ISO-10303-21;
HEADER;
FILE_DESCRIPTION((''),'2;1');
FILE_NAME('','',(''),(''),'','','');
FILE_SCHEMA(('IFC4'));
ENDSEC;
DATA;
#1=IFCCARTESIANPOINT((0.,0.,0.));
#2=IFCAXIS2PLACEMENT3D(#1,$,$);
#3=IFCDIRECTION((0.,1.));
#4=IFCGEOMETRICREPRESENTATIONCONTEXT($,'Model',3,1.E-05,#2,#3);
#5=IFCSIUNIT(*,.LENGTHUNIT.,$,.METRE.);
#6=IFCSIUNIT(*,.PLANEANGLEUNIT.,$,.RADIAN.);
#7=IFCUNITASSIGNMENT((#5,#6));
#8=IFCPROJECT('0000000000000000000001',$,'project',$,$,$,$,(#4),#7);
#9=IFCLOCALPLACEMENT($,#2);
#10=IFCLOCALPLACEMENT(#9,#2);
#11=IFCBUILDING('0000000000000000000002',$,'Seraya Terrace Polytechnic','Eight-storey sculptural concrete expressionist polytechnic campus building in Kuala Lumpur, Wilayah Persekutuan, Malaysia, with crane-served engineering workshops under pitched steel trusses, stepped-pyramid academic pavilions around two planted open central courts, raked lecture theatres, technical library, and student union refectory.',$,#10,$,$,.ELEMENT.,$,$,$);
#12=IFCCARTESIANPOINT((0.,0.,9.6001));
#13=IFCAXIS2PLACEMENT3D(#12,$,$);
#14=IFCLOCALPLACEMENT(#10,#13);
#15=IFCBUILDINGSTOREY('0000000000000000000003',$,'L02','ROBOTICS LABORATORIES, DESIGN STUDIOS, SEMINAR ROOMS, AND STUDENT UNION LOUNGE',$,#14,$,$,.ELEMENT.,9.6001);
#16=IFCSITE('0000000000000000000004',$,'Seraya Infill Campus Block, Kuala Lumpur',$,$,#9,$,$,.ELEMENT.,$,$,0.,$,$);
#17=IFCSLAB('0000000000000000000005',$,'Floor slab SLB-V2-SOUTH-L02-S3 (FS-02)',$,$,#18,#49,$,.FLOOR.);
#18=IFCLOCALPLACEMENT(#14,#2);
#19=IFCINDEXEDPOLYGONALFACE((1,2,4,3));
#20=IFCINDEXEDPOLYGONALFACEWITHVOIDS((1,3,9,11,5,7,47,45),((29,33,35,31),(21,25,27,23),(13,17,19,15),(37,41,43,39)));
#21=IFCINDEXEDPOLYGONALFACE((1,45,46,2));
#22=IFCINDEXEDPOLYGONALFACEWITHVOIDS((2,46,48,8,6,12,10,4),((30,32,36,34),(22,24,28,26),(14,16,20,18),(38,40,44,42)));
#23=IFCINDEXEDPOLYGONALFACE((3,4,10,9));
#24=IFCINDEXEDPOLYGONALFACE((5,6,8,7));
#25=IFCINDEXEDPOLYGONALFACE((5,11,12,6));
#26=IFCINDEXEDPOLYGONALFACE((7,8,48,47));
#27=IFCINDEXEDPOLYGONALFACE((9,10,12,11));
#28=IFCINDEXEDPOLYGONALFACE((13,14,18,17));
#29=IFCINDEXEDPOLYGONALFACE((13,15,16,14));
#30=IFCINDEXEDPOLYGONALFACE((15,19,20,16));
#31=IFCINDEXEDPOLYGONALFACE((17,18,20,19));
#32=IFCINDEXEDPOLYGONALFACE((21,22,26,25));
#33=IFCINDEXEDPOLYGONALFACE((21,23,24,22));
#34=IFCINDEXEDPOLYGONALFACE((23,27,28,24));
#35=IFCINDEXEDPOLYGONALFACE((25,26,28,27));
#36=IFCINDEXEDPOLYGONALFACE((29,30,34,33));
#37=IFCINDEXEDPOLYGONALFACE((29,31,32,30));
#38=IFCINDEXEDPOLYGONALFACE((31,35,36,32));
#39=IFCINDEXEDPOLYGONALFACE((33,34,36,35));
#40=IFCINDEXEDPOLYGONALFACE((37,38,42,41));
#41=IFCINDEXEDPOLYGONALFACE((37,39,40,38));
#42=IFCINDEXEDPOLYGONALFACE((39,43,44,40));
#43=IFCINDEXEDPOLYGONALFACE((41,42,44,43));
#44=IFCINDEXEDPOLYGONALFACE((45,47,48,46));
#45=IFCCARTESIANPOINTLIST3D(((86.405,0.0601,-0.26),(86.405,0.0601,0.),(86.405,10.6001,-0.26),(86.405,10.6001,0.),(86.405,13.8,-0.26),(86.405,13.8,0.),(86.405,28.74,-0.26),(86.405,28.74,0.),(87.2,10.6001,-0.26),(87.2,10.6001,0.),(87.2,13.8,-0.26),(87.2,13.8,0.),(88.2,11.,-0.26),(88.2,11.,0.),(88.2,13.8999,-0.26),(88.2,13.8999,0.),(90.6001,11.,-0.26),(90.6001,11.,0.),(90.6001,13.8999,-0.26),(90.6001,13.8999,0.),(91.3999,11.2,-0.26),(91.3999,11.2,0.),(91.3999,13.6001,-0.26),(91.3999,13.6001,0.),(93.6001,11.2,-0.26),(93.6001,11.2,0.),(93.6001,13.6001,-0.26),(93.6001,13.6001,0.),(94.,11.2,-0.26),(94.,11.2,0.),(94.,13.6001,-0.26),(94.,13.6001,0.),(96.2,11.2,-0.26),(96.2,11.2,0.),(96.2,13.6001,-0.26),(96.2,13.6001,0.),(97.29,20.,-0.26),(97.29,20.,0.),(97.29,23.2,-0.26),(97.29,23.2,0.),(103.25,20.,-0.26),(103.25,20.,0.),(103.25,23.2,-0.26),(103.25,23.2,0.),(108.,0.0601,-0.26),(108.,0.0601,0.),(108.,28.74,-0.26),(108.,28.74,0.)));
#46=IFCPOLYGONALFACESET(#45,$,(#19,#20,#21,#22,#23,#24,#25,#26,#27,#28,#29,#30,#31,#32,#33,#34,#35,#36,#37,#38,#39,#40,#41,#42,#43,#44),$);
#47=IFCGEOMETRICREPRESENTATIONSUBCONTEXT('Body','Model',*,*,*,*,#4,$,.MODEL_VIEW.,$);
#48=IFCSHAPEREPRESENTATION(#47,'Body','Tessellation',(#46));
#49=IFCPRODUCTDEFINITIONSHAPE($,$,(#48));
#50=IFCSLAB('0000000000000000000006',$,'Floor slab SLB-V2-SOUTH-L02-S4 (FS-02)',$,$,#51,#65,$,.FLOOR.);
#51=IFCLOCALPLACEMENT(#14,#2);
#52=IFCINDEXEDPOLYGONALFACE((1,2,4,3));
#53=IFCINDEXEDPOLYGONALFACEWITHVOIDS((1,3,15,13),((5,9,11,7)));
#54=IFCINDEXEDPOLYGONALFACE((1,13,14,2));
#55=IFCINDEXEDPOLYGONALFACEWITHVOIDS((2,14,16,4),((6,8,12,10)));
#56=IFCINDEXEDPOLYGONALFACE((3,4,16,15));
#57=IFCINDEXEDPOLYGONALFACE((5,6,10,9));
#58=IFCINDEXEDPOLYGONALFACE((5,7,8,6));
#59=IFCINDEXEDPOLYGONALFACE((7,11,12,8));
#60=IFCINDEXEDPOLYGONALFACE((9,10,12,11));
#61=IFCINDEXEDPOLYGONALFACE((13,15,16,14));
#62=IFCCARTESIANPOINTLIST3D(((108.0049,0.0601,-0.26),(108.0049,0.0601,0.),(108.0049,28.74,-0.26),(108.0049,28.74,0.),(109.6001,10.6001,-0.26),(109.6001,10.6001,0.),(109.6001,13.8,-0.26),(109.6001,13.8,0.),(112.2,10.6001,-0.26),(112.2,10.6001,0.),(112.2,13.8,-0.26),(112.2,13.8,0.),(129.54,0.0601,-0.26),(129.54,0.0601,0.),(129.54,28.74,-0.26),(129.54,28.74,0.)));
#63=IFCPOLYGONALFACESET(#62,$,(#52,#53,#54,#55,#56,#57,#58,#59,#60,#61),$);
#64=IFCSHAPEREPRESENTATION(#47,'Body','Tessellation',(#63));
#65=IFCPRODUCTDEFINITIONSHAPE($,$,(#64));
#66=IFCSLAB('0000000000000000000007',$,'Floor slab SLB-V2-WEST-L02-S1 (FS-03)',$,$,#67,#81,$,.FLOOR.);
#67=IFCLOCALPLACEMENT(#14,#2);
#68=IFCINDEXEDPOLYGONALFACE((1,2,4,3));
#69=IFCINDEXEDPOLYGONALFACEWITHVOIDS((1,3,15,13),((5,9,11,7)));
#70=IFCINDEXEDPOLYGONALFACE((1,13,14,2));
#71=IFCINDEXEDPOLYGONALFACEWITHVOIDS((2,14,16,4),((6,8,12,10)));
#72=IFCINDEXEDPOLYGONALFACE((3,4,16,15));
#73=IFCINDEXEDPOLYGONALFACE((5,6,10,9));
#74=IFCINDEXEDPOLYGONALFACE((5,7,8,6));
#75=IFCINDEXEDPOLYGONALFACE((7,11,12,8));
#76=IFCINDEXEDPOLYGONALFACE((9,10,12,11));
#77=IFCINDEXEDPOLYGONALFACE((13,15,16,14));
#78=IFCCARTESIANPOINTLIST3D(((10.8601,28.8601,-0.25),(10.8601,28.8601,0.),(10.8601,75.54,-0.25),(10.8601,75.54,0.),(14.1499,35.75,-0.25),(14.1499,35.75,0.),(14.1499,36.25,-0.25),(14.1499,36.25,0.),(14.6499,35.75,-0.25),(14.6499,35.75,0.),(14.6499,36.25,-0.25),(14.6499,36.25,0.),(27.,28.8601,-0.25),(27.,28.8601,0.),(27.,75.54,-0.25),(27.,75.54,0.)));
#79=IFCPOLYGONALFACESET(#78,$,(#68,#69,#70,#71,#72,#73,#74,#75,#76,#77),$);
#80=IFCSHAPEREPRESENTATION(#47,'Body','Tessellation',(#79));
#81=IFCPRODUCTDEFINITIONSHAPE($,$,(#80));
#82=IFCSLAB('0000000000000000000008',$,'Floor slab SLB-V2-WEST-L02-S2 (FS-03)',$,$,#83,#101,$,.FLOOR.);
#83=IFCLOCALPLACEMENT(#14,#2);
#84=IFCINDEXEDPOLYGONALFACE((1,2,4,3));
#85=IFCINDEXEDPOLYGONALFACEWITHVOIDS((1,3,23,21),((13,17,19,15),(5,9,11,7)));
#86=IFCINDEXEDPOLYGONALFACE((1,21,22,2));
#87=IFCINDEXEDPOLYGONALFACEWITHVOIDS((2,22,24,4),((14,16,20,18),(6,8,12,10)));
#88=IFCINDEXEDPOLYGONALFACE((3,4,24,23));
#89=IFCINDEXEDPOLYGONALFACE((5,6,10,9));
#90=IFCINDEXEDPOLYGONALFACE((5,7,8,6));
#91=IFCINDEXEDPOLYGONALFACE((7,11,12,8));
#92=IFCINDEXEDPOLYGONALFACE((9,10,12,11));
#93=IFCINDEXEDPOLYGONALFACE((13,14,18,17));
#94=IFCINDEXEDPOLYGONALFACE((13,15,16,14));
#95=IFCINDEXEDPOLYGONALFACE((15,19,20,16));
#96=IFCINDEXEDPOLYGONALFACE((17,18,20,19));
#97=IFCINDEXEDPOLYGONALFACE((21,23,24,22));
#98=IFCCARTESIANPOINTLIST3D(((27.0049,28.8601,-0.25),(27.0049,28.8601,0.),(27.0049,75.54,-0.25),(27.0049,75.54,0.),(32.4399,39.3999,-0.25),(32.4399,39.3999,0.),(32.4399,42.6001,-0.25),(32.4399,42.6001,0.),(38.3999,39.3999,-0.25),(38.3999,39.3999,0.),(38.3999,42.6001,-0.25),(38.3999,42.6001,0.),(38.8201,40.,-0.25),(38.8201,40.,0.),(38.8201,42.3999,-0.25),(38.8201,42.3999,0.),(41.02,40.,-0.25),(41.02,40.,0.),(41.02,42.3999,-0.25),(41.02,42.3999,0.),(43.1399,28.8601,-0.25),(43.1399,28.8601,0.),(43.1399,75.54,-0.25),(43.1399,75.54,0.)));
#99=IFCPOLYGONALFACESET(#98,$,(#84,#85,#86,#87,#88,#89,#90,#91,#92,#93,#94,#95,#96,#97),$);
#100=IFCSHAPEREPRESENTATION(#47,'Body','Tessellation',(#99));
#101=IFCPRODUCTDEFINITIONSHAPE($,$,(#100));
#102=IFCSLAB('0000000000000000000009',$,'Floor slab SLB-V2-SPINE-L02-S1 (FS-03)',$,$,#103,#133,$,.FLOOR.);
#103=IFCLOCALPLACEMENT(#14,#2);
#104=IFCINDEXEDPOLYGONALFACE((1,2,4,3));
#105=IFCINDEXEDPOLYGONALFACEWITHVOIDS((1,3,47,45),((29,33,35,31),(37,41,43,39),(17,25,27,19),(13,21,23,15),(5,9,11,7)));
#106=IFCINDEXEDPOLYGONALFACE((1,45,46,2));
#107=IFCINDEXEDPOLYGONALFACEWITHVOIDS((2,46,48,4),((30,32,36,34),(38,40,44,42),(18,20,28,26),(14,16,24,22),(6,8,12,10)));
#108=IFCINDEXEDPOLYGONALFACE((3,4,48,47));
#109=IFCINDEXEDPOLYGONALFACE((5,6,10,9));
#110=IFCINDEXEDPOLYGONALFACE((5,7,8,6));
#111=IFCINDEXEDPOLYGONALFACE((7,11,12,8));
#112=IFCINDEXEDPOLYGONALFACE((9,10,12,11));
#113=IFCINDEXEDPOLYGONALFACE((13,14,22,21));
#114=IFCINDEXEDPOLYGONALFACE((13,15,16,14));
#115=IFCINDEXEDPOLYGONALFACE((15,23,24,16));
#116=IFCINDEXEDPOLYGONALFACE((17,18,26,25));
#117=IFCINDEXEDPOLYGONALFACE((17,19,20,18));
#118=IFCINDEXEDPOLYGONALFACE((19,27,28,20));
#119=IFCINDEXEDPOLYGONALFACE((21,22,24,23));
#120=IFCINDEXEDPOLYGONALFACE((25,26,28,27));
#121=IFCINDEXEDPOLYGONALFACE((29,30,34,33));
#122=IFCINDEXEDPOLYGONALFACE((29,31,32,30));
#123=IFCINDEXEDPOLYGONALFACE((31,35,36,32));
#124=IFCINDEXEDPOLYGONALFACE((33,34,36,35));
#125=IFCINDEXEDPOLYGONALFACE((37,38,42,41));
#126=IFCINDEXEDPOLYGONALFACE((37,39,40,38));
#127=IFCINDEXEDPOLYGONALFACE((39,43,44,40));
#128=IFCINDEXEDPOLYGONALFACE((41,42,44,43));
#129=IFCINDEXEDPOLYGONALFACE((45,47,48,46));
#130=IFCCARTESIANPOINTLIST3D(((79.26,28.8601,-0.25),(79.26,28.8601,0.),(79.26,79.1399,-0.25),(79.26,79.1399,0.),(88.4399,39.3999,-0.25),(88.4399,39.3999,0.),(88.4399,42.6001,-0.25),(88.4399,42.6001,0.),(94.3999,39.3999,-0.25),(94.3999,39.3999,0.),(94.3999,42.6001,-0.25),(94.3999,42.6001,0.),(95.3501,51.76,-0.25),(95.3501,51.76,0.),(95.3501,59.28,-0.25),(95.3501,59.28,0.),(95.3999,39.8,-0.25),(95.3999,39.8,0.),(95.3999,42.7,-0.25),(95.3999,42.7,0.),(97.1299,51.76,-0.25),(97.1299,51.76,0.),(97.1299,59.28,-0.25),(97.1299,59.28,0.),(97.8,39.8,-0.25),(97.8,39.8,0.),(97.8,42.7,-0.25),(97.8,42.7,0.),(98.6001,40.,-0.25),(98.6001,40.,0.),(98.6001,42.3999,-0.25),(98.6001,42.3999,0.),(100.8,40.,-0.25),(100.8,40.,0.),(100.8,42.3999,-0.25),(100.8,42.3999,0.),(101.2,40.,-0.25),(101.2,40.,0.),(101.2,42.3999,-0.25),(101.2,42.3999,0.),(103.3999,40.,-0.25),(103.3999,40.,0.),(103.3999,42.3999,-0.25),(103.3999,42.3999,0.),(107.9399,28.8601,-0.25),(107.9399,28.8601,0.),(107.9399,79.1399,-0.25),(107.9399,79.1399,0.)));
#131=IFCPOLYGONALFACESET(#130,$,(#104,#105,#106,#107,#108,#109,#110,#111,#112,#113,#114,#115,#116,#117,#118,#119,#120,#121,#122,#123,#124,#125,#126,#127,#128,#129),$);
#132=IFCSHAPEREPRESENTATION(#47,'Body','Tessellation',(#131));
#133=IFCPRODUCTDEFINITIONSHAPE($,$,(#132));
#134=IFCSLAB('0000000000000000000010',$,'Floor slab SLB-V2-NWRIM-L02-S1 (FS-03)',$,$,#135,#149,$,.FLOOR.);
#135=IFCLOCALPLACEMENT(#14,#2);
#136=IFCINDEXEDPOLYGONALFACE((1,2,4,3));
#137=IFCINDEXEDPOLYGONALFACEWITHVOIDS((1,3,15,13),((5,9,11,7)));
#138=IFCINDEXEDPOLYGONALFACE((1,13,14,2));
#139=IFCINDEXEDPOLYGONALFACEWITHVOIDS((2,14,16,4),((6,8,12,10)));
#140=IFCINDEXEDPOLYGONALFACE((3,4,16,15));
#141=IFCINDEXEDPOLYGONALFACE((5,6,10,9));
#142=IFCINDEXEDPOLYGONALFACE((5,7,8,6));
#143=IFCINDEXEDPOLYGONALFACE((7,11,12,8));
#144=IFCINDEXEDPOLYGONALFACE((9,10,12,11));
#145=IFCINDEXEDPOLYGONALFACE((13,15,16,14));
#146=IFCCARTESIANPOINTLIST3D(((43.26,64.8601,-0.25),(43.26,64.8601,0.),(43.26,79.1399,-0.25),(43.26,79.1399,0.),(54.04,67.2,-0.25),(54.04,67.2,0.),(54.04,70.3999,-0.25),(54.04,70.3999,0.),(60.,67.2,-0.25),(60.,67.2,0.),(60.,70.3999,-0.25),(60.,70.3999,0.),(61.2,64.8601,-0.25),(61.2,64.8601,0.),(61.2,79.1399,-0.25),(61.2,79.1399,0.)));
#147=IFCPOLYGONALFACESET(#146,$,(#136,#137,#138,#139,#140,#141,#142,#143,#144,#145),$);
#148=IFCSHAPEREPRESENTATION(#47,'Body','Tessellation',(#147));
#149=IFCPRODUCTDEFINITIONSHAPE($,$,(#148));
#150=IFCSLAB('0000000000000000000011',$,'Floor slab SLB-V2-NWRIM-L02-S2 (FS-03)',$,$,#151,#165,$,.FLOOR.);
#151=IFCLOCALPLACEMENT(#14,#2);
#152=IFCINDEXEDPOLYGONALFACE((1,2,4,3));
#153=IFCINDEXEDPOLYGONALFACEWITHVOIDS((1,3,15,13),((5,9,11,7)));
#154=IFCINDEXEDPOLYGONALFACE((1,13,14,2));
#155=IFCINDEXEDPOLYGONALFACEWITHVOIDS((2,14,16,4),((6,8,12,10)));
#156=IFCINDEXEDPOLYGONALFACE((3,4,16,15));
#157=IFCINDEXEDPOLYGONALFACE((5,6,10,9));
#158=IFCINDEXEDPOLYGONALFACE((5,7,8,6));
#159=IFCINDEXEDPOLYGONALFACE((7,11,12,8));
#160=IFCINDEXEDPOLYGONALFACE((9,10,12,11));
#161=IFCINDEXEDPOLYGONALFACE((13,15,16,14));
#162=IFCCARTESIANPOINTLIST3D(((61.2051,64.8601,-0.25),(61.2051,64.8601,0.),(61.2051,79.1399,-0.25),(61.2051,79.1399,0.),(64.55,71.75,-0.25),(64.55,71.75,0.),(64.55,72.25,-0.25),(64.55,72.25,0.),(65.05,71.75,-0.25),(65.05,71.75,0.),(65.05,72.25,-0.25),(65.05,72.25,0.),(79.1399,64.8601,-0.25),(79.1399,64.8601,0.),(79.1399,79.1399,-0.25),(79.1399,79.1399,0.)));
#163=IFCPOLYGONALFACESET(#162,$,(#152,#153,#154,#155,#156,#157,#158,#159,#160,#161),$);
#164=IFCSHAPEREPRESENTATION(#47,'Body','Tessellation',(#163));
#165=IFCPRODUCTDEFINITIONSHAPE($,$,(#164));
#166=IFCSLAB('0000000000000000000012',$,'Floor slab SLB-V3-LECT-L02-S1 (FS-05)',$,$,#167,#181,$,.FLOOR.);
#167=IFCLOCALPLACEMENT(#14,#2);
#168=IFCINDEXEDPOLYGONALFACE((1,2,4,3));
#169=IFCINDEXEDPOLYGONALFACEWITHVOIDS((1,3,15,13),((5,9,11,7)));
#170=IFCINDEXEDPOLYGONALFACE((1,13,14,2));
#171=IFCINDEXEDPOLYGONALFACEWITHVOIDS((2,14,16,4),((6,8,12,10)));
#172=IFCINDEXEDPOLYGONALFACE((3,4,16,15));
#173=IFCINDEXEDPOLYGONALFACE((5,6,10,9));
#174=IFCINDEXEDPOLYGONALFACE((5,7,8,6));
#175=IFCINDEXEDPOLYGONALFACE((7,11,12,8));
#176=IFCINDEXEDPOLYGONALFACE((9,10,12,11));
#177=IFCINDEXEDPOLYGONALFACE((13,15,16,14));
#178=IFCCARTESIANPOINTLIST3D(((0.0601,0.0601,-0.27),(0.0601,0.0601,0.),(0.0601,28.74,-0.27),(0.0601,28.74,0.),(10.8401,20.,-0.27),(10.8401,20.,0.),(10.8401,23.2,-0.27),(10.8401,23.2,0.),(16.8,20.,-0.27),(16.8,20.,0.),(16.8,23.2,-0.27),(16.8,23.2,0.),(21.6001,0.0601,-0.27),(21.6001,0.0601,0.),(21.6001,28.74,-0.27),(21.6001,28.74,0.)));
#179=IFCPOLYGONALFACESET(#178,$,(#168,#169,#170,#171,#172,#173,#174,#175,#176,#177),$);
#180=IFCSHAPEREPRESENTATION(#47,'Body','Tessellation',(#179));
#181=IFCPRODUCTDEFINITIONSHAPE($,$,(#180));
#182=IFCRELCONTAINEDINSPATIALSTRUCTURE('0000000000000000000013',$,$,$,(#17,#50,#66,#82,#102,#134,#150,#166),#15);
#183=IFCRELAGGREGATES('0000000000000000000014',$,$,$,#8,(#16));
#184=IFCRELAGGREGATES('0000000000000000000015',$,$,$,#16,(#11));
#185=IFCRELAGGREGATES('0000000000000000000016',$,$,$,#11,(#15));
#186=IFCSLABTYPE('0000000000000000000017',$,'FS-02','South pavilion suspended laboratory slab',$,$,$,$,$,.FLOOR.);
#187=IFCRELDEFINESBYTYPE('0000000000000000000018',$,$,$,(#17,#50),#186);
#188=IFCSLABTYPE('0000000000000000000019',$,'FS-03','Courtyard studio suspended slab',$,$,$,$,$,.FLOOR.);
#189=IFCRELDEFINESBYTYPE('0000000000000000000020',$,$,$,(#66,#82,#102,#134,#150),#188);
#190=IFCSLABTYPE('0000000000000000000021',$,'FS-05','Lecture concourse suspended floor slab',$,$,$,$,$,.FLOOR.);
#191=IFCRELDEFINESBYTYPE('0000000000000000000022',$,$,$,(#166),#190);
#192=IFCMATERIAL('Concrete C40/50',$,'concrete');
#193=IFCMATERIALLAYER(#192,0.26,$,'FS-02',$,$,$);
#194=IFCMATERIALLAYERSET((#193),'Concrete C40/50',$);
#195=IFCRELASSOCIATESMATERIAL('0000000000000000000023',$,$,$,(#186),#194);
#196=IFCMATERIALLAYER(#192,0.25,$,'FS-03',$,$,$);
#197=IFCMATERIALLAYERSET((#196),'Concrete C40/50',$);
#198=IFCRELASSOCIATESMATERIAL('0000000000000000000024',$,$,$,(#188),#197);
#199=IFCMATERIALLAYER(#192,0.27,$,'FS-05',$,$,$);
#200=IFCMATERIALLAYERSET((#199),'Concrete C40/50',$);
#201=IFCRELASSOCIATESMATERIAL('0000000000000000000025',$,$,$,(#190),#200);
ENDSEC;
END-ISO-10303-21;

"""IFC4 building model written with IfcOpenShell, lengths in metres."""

from ifc_helpers import new_model, si_unit, direction, frame, origin, place, context, subcontext, project, spatial, polyline, outline, extrude, material, layer, layer_set, type_object, element, save


model = new_model("IFC4")

# Units and contexts
model_context = context("Model", 3, precision=1e-05, world=origin(), true_north=direction((0.0, 1.0)))
body_context = subcontext(model_context, "Body", "Model", "MODEL_VIEW")
ifc_project = project(units=[si_unit("LENGTHUNIT", "METRE"), si_unit("PLANEANGLEUNIT", "RADIAN")], contexts=[model_context])

# Site, building, storey
site_placement = place(None, origin())
site = spatial("IfcSite", under=ifc_project, at=site_placement, Name="Seraya Infill Campus Block, Kuala Lumpur", CompositionType="ELEMENT", RefElevation=0.0)
building_placement = place(site_placement, origin())
building = spatial("IfcBuilding", under=site, at=building_placement, Name="Seraya Terrace Polytechnic", Description="Eight-storey sculptural concrete expressionist polytechnic campus building in Kuala Lumpur, Wilayah Persekutuan, Malaysia, with crane-served engineering workshops under pitched steel trusses, stepped-pyramid academic pavilions around two planted open central courts, raked lecture theatres, technical library, and student union refectory.", CompositionType="ELEMENT")
storey_placement = place(building_placement, frame((0.0, 0.0, 9.6001)))
storey = spatial("IfcBuildingStorey", under=building, at=storey_placement, Name="L02", Description="ROBOTICS LABORATORIES, DESIGN STUDIOS, SEMINAR ROOMS, AND STUDENT UNION LOUNGE", CompositionType="ELEMENT", Elevation=9.6001)

# Shared definitions
ifc_material_1 = material(Name="Concrete C40/50", Category="concrete")

# Slabs
ifc_layer_1 = layer(ifc_material_1, 0.26, Name="FS-02")
ifc_layer_set_1 = layer_set([ifc_layer_1], Name="Concrete C40/50")
slab_type_1 = type_object("IfcSlabType", Name="FS-02", Description="South pavilion suspended laboratory slab", PredefinedType="FLOOR", material=ifc_layer_set_1)
slab_1_placement = place(storey_placement, frame((0.0, 0.0, -0.26)))
element("IfcSlab", 1, at=slab_1_placement, inside=storey, type_object=slab_type_1, Name="Floor slab SLB-V2-SOUTH-L02-S3 (FS-02)", PredefinedType="FLOOR", context=body_context, shape_type="SweptSolid", body=[
    extrude(outline(polyline([(108.0, 28.74), (108.0, 0.0601), (86.405, 0.0601), (86.405, 10.6001), (87.2, 10.6001), (87.2, 13.8), (86.405, 13.8), (86.405, 28.74), (108.0, 28.74)]), holes=[polyline([(91.3999, 13.6001), (91.3999, 11.2), (93.6001, 11.2), (93.6001, 13.6001), (91.3999, 13.6001)]), polyline([(96.2, 13.6001), (94.0, 13.6001), (94.0, 11.2), (96.2, 11.2), (96.2, 13.6001)]), polyline([(90.6001, 13.8999), (88.2, 13.8999), (88.2, 11.0), (90.6001, 11.0), (90.6001, 13.8999)]), polyline([(97.29, 23.2), (97.29, 20.0), (103.25, 20.0), (103.25, 23.2), (97.29, 23.2)])]), origin(), (0.0, 0.0, 1.0), 0.26),
])
slab_2_placement = place(storey_placement, frame((0.0, 0.0, -0.26)))
element("IfcSlab", 2, at=slab_2_placement, inside=storey, type_object=slab_type_1, Name="Floor slab SLB-V2-SOUTH-L02-S4 (FS-02)", PredefinedType="FLOOR", context=body_context, shape_type="SweptSolid", body=[
    extrude(outline(polyline([(129.54, 28.74), (129.54, 0.0601), (108.0049, 0.0601), (108.0049, 28.74), (129.54, 28.74)]), holes=[polyline([(112.2, 13.8), (109.6001, 13.8), (109.6001, 10.6001), (112.2, 10.6001), (112.2, 13.8)])]), origin(), (0.0, 0.0, 1.0), 0.26),
])
ifc_layer_2 = layer(ifc_material_1, 0.25, Name="FS-03")
ifc_layer_set_2 = layer_set([ifc_layer_2], Name="Concrete C40/50")
slab_type_2 = type_object("IfcSlabType", Name="FS-03", Description="Courtyard studio suspended slab", PredefinedType="FLOOR", material=ifc_layer_set_2)
slab_3_placement = place(storey_placement, frame((0.0, 0.0, -0.25)))
element("IfcSlab", 3, at=slab_3_placement, inside=storey, type_object=slab_type_2, Name="Floor slab SLB-V2-WEST-L02-S1 (FS-03)", PredefinedType="FLOOR", context=body_context, shape_type="SweptSolid", body=[
    extrude(outline(polyline([(27.0, 75.54), (27.0, 28.8601), (10.8601, 28.8601), (10.8601, 75.54), (27.0, 75.54)]), holes=[polyline([(14.1499, 36.25), (14.1499, 35.75), (14.6499, 35.75), (14.6499, 36.25), (14.1499, 36.25)])]), origin(), (0.0, 0.0, 1.0), 0.25),
])
slab_4_placement = place(storey_placement, frame((0.0, 0.0, -0.25)))
element("IfcSlab", 4, at=slab_4_placement, inside=storey, type_object=slab_type_2, Name="Floor slab SLB-V2-WEST-L02-S2 (FS-03)", PredefinedType="FLOOR", context=body_context, shape_type="SweptSolid", body=[
    extrude(outline(polyline([(43.1399, 75.54), (43.1399, 28.8601), (27.0049, 28.8601), (27.0049, 75.54), (43.1399, 75.54)]), holes=[polyline([(38.3999, 42.6001), (32.4399, 42.6001), (32.4399, 39.3999), (38.3999, 39.3999), (38.3999, 42.6001)]), polyline([(41.02, 42.3999), (38.8201, 42.3999), (38.8201, 40.0), (41.02, 40.0), (41.02, 42.3999)])]), origin(), (0.0, 0.0, 1.0), 0.25),
])
slab_5_placement = place(storey_placement, frame((0.0, 0.0, -0.25)))
element("IfcSlab", 5, at=slab_5_placement, inside=storey, type_object=slab_type_2, Name="Floor slab SLB-V2-SPINE-L02-S1 (FS-03)", PredefinedType="FLOOR", context=body_context, shape_type="SweptSolid", body=[
    extrude(outline(polyline([(79.26, 79.1399), (107.9399, 79.1399), (107.9399, 28.8601), (79.26, 28.8601), (79.26, 79.1399)]), holes=[polyline([(88.4399, 42.6001), (88.4399, 39.3999), (94.3999, 39.3999), (94.3999, 42.6001), (88.4399, 42.6001)]), polyline([(98.6001, 42.3999), (98.6001, 40.0), (100.8, 40.0), (100.8, 42.3999), (98.6001, 42.3999)]), polyline([(103.3999, 42.3999), (101.2, 42.3999), (101.2, 40.0), (103.3999, 40.0), (103.3999, 42.3999)]), polyline([(97.8, 42.7), (95.3999, 42.7), (95.3999, 39.8), (97.8, 39.8), (97.8, 42.7)]), polyline([(95.3501, 59.28), (95.3501, 51.76), (97.1299, 51.76), (97.1299, 59.28), (95.3501, 59.28)])]), origin(), (0.0, 0.0, 1.0), 0.25),
])
slab_6_placement = place(storey_placement, frame((0.0, 0.0, -0.25)))
element("IfcSlab", 6, at=slab_6_placement, inside=storey, type_object=slab_type_2, Name="Floor slab SLB-V2-NWRIM-L02-S1 (FS-03)", PredefinedType="FLOOR", context=body_context, shape_type="SweptSolid", body=[
    extrude(outline(polyline([(43.26, 79.1399), (61.2, 79.1399), (61.2, 64.8601), (43.26, 64.8601), (43.26, 79.1399)]), holes=[polyline([(60.0, 70.3999), (54.04, 70.3999), (54.04, 67.2), (60.0, 67.2), (60.0, 70.3999)])]), origin(), (0.0, 0.0, 1.0), 0.25),
])
slab_7_placement = place(storey_placement, frame((0.0, 0.0, -0.25)))
element("IfcSlab", 7, at=slab_7_placement, inside=storey, type_object=slab_type_2, Name="Floor slab SLB-V2-NWRIM-L02-S2 (FS-03)", PredefinedType="FLOOR", context=body_context, shape_type="SweptSolid", body=[
    extrude(outline(polyline([(79.1399, 79.1399), (79.1399, 64.8601), (61.2051, 64.8601), (61.2051, 79.1399), (79.1399, 79.1399)]), holes=[polyline([(64.55, 72.25), (64.55, 71.75), (65.05, 71.75), (65.05, 72.25), (64.55, 72.25)])]), origin(), (0.0, 0.0, 1.0), 0.25),
])
ifc_layer_3 = layer(ifc_material_1, 0.27, Name="FS-05")
ifc_layer_set_3 = layer_set([ifc_layer_3], Name="Concrete C40/50")
slab_type_3 = type_object("IfcSlabType", Name="FS-05", Description="Lecture concourse suspended floor slab", PredefinedType="FLOOR", material=ifc_layer_set_3)
slab_8_placement = place(storey_placement, frame((0.0, 0.0, -0.27)))
element("IfcSlab", 8, at=slab_8_placement, inside=storey, type_object=slab_type_3, Name="Floor slab SLB-V3-LECT-L02-S1 (FS-05)", PredefinedType="FLOOR", context=body_context, shape_type="SweptSolid", body=[
    extrude(outline(polyline([(0.0601, 28.74), (21.6001, 28.74), (21.6001, 0.0601), (0.0601, 0.0601), (0.0601, 28.74)]), holes=[polyline([(16.8, 23.2), (10.8401, 23.2), (10.8401, 20.0), (16.8, 20.0), (16.8, 23.2)])]), origin(), (0.0, 0.0, 1.0), 0.27),
])

save(model, "model.ifc")
